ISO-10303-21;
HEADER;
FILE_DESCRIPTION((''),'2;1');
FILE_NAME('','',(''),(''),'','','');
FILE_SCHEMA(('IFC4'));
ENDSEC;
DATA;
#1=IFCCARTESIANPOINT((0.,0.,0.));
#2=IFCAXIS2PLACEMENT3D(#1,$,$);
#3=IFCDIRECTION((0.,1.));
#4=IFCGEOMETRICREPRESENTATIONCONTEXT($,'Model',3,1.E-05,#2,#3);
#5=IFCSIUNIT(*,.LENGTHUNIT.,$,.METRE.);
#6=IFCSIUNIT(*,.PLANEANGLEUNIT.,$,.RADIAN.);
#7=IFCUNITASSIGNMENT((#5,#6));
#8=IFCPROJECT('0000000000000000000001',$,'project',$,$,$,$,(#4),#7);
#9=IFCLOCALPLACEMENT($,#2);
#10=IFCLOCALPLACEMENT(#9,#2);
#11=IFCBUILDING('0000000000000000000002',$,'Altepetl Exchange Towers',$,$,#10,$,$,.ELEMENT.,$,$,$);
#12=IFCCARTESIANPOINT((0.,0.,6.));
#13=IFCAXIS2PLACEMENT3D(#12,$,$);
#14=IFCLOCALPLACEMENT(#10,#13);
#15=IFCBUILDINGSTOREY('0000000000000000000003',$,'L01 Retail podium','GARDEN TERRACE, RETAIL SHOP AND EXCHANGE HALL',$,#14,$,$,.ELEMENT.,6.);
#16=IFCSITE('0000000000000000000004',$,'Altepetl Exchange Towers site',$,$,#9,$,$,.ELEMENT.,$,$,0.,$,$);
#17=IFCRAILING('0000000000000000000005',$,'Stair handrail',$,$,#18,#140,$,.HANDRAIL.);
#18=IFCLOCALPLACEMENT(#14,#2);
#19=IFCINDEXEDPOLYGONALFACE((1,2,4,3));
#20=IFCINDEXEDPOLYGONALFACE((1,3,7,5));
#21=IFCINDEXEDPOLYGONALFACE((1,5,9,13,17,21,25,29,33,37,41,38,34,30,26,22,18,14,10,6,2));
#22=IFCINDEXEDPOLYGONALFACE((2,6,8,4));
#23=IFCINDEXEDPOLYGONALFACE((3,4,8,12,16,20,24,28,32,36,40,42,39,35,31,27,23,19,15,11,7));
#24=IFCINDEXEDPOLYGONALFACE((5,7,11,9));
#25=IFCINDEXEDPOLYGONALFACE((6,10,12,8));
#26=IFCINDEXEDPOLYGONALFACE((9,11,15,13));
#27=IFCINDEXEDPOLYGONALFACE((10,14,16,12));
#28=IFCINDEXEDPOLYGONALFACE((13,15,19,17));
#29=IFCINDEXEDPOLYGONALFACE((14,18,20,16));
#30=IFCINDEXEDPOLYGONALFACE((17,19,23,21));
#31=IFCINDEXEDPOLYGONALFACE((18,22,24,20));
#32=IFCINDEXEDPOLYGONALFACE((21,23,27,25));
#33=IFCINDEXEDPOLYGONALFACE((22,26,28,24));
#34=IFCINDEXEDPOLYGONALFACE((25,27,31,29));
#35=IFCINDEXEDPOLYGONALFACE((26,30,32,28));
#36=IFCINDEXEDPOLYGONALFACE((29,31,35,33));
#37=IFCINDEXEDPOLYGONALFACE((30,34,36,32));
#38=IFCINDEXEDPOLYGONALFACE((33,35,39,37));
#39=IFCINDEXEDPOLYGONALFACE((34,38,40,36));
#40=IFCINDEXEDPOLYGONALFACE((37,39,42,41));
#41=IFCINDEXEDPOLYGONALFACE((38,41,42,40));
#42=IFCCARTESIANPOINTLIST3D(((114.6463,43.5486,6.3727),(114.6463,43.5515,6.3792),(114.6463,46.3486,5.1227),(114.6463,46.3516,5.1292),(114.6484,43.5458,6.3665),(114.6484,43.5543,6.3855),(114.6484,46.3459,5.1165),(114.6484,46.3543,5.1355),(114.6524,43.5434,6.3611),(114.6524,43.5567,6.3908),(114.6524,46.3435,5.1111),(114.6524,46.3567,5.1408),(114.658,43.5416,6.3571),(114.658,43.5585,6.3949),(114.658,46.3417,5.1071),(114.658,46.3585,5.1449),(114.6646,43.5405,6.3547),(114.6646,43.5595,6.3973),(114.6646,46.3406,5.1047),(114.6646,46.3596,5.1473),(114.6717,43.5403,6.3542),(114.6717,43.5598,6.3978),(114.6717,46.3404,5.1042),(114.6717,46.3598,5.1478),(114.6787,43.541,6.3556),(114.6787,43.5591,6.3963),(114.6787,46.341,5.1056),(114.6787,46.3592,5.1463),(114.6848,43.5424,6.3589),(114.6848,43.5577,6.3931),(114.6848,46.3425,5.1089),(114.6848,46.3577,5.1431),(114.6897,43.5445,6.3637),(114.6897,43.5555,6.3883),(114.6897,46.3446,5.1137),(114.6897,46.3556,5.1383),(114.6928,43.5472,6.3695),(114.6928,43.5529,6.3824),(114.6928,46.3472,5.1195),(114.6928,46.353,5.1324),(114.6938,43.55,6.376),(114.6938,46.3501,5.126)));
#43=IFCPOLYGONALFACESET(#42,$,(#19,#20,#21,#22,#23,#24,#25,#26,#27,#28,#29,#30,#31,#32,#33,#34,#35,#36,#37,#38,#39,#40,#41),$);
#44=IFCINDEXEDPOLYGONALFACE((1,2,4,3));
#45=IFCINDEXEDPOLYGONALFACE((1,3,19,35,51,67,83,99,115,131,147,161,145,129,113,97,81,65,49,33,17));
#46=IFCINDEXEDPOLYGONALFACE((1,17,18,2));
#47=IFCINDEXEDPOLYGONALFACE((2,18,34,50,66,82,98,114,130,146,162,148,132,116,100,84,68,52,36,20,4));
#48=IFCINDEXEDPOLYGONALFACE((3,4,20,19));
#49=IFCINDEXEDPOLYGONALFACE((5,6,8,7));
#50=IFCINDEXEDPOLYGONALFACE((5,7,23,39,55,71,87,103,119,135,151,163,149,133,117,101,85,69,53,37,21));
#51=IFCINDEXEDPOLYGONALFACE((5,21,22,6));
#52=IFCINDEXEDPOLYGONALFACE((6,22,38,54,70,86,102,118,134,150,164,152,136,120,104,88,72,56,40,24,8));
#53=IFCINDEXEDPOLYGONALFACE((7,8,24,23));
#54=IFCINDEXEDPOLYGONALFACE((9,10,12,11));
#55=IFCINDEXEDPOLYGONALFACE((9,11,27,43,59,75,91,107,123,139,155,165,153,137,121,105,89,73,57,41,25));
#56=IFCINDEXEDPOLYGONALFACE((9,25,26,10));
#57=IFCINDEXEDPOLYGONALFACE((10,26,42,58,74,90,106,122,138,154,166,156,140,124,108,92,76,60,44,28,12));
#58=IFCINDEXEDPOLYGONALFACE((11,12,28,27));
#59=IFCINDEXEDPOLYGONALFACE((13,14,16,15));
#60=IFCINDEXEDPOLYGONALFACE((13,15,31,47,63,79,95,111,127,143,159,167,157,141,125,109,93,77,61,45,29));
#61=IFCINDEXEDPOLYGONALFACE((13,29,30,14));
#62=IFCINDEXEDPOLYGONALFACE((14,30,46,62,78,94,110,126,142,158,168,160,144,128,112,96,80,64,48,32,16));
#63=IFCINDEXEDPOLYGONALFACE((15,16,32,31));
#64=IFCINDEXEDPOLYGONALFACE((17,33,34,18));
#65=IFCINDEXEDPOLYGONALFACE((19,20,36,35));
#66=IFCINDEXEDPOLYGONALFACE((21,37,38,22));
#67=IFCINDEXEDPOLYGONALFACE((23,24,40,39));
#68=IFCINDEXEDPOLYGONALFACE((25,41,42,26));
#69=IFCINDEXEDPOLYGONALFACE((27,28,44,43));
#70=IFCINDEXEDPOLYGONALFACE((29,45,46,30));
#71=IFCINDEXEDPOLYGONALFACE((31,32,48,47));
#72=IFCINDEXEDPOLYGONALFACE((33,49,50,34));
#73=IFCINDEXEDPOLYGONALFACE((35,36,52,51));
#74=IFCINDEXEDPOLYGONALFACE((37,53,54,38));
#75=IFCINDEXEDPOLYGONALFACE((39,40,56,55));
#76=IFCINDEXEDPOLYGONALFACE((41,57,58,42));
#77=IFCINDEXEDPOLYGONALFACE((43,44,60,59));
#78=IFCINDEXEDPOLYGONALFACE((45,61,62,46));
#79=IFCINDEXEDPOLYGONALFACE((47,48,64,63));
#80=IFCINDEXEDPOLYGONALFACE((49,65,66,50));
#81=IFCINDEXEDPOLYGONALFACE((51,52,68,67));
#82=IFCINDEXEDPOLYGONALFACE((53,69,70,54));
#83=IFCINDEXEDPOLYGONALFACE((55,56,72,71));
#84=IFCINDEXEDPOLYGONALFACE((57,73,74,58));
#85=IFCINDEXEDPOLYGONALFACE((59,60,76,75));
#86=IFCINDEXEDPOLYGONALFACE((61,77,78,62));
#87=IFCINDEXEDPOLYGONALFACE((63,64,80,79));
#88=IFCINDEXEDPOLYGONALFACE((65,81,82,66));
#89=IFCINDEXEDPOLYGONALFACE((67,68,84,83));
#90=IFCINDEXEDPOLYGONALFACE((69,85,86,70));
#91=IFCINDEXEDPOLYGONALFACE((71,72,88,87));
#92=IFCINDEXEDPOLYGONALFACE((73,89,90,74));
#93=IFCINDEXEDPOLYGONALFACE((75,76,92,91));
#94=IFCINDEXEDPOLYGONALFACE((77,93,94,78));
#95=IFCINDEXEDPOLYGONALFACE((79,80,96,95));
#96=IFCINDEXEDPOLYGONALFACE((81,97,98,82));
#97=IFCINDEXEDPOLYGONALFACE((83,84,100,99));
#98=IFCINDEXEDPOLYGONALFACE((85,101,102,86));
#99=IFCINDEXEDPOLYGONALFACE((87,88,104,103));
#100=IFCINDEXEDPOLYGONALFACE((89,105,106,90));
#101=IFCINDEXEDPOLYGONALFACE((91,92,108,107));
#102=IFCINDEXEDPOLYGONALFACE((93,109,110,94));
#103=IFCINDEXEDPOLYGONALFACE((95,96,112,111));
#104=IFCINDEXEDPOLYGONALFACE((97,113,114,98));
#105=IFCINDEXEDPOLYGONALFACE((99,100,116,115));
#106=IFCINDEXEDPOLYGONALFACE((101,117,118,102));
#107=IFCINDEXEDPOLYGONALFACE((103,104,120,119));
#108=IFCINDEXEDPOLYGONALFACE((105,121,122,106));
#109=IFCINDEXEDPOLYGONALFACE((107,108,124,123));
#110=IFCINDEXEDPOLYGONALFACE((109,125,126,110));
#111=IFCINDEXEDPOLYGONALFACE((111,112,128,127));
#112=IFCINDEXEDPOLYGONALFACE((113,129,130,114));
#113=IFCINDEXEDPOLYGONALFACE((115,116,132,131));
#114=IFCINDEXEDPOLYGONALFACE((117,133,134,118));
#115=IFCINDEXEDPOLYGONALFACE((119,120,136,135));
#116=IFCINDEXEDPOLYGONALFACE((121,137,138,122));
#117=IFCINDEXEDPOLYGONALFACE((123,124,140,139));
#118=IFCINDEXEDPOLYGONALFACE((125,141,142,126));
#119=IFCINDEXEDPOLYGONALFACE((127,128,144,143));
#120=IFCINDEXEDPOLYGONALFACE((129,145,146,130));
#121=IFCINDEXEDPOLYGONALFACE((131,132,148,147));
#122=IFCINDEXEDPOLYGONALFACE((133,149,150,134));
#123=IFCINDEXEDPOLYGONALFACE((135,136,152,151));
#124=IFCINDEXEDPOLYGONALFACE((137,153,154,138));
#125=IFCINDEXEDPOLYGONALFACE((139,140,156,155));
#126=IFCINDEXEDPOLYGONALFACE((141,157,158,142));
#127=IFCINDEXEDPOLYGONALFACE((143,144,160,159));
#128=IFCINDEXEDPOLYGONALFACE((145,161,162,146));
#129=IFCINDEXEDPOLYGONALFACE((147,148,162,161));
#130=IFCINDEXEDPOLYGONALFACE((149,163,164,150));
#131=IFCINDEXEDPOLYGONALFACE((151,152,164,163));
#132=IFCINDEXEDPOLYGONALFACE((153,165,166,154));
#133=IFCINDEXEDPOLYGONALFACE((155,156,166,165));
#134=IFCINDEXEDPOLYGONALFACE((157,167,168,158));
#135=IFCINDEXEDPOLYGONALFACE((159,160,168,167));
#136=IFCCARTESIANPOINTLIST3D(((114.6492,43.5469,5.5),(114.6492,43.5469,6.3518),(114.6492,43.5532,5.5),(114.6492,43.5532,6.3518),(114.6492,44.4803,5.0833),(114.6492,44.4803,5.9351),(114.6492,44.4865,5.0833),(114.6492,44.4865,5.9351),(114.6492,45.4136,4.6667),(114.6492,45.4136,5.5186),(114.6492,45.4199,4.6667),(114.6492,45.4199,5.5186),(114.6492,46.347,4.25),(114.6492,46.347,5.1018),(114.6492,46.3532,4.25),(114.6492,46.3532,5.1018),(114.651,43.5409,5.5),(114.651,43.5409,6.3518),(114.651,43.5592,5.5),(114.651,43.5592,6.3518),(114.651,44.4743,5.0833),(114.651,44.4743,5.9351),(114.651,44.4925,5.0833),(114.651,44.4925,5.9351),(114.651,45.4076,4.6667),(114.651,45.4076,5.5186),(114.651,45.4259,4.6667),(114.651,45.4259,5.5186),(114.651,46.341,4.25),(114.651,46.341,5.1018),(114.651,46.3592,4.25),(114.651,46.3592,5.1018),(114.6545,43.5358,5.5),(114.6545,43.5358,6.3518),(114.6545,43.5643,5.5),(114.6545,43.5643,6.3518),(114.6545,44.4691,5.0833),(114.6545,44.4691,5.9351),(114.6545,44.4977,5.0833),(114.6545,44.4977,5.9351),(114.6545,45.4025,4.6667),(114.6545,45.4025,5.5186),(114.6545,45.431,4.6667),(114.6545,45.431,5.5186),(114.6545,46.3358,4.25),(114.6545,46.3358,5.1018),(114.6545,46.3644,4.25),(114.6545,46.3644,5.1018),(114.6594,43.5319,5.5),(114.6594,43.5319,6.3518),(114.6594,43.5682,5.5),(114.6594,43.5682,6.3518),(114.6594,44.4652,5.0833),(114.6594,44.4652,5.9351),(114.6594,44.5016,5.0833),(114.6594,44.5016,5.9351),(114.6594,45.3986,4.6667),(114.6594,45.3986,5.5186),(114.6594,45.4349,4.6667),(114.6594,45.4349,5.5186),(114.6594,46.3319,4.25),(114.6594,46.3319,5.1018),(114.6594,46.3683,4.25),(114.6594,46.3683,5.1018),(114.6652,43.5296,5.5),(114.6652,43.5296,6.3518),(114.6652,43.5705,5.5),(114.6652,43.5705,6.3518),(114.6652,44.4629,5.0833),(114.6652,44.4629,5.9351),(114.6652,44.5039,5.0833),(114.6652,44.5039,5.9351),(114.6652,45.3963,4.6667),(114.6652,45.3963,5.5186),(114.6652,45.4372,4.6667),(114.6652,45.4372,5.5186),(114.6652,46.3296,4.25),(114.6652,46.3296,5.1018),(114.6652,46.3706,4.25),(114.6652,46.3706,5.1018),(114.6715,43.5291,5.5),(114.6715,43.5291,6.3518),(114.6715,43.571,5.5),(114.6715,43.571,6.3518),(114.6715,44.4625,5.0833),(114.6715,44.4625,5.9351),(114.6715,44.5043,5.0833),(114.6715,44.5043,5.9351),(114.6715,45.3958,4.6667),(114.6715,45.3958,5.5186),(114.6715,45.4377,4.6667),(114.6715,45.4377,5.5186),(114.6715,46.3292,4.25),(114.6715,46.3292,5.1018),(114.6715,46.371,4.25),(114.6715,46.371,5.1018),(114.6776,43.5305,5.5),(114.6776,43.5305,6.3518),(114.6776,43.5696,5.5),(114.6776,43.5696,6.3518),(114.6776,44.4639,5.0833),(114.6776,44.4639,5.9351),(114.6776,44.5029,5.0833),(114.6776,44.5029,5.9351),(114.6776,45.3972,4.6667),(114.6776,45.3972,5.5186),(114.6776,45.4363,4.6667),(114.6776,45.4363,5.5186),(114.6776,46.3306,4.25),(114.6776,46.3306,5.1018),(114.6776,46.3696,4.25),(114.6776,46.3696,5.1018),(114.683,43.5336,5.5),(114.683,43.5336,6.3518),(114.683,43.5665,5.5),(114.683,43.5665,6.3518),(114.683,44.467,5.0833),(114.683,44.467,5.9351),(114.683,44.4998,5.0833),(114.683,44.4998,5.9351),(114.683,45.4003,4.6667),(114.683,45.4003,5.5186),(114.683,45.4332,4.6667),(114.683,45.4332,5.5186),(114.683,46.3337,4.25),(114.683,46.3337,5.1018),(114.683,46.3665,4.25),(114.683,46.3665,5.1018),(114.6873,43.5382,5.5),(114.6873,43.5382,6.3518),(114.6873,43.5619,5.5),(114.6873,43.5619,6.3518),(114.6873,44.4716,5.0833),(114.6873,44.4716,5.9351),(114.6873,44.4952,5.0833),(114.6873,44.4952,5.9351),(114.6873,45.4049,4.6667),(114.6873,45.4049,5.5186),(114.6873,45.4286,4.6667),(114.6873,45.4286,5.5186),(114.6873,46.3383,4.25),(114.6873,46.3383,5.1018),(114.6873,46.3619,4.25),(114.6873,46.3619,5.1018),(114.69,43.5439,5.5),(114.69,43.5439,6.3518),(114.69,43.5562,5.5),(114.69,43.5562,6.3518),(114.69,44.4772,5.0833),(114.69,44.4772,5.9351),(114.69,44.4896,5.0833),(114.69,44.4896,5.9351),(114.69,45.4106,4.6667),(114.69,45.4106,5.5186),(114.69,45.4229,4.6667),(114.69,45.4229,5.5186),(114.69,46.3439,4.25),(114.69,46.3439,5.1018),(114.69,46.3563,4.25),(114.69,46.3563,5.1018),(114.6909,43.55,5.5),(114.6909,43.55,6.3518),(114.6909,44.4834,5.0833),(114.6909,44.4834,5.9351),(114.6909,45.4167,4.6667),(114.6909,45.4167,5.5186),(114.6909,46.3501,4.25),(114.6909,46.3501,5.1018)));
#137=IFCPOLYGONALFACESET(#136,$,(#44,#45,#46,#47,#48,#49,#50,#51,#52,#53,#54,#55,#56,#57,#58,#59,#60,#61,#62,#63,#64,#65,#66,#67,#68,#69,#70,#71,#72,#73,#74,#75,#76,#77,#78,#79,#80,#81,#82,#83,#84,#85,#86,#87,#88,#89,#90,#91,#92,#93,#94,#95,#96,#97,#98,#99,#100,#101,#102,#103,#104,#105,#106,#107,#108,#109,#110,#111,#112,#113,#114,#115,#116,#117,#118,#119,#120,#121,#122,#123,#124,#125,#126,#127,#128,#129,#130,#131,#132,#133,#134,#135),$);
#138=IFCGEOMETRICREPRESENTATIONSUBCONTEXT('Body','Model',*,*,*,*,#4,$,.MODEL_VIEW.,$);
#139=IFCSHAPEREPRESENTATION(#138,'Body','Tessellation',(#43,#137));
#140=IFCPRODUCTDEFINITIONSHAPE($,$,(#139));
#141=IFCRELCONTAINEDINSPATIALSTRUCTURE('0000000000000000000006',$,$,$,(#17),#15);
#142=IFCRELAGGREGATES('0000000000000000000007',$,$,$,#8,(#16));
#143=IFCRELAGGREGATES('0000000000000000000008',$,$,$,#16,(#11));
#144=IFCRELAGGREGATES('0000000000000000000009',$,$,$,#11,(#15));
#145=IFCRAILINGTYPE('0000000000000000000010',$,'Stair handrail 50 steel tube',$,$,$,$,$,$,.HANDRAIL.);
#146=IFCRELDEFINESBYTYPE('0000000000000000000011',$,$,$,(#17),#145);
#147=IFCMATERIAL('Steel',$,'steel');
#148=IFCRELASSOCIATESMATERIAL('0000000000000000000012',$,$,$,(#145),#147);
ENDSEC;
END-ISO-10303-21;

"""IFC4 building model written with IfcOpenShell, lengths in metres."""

from ifc_helpers import new_model, si_unit, direction, frame, origin, origin_2d, place, context, subcontext, project, spatial, circle, extrude, source, transform, mapped, material, type_object, element, save


model = new_model("IFC4")

# Units and contexts
model_context = context("Model", 3, precision=1e-05, world=origin(), true_north=direction((0.0, 1.0)))
body_context = subcontext(model_context, "Body", "Model", "MODEL_VIEW")
ifc_project = project(units=[si_unit("LENGTHUNIT", "METRE"), si_unit("PLANEANGLEUNIT", "RADIAN")], contexts=[model_context])

# Site, building, storey
site_placement = place(None, origin())
site = spatial("IfcSite", under=ifc_project, at=site_placement, Name="Altepetl Exchange Towers site", CompositionType="ELEMENT", RefElevation=0.0)
building_placement = place(site_placement, origin())
building = spatial("IfcBuilding", under=site, at=building_placement, Name="Altepetl Exchange Towers", CompositionType="ELEMENT")
storey_placement = place(building_placement, frame((0.0, 0.0, 6.0)))
storey = spatial("IfcBuildingStorey", under=building, at=storey_placement, Name="L01 Retail podium", Description="GARDEN TERRACE, RETAIL SHOP AND EXCHANGE HALL", CompositionType="ELEMENT", Elevation=6.0)

# Railing
ifc_material_1 = material(Name="Steel", Category="steel")
railing_type = type_object("IfcRailingType", Name="Stair handrail 50 steel tube", PredefinedType="HANDRAIL", material=ifc_material_1)
shared_shape = source(origin(), body_context, "Body", "SweptSolid", [
    extrude(circle(Radius=0.021, at=origin_2d()), origin(), (0.0, 0.0, 1.0), 0.8518),
])
for number, where, name in (
    (1, (114.6699, 46.3501, 4.25), "Stair handrail"),
):
    element("IfcRailing", number, at=place(storey_placement, frame(where)), inside=storey, type_object=railing_type, Name=name, PredefinedType="HANDRAIL", context=body_context, shape_type="SweptSolid", body=[
        extrude(circle(Radius=0.0239, at=origin_2d()), frame((0.0, 0.0, 0.876), z_axis=(0.0, -0.913141, 0.407645), x_axis=(1.0, 0.0, 0.0)), (0.0, 0.0, 1.0), 3.0664),
        mapped(shared_shape, transform((0.0, 0.0, 0.0))),
        mapped(shared_shape, transform((0.0, -0.9333, 0.4167))),
        mapped(shared_shape, transform((0.0, -1.8667, 0.8333))),
        mapped(shared_shape, transform((0.0, -2.8, 1.25))),
    ])

save(model, "model.ifc")
